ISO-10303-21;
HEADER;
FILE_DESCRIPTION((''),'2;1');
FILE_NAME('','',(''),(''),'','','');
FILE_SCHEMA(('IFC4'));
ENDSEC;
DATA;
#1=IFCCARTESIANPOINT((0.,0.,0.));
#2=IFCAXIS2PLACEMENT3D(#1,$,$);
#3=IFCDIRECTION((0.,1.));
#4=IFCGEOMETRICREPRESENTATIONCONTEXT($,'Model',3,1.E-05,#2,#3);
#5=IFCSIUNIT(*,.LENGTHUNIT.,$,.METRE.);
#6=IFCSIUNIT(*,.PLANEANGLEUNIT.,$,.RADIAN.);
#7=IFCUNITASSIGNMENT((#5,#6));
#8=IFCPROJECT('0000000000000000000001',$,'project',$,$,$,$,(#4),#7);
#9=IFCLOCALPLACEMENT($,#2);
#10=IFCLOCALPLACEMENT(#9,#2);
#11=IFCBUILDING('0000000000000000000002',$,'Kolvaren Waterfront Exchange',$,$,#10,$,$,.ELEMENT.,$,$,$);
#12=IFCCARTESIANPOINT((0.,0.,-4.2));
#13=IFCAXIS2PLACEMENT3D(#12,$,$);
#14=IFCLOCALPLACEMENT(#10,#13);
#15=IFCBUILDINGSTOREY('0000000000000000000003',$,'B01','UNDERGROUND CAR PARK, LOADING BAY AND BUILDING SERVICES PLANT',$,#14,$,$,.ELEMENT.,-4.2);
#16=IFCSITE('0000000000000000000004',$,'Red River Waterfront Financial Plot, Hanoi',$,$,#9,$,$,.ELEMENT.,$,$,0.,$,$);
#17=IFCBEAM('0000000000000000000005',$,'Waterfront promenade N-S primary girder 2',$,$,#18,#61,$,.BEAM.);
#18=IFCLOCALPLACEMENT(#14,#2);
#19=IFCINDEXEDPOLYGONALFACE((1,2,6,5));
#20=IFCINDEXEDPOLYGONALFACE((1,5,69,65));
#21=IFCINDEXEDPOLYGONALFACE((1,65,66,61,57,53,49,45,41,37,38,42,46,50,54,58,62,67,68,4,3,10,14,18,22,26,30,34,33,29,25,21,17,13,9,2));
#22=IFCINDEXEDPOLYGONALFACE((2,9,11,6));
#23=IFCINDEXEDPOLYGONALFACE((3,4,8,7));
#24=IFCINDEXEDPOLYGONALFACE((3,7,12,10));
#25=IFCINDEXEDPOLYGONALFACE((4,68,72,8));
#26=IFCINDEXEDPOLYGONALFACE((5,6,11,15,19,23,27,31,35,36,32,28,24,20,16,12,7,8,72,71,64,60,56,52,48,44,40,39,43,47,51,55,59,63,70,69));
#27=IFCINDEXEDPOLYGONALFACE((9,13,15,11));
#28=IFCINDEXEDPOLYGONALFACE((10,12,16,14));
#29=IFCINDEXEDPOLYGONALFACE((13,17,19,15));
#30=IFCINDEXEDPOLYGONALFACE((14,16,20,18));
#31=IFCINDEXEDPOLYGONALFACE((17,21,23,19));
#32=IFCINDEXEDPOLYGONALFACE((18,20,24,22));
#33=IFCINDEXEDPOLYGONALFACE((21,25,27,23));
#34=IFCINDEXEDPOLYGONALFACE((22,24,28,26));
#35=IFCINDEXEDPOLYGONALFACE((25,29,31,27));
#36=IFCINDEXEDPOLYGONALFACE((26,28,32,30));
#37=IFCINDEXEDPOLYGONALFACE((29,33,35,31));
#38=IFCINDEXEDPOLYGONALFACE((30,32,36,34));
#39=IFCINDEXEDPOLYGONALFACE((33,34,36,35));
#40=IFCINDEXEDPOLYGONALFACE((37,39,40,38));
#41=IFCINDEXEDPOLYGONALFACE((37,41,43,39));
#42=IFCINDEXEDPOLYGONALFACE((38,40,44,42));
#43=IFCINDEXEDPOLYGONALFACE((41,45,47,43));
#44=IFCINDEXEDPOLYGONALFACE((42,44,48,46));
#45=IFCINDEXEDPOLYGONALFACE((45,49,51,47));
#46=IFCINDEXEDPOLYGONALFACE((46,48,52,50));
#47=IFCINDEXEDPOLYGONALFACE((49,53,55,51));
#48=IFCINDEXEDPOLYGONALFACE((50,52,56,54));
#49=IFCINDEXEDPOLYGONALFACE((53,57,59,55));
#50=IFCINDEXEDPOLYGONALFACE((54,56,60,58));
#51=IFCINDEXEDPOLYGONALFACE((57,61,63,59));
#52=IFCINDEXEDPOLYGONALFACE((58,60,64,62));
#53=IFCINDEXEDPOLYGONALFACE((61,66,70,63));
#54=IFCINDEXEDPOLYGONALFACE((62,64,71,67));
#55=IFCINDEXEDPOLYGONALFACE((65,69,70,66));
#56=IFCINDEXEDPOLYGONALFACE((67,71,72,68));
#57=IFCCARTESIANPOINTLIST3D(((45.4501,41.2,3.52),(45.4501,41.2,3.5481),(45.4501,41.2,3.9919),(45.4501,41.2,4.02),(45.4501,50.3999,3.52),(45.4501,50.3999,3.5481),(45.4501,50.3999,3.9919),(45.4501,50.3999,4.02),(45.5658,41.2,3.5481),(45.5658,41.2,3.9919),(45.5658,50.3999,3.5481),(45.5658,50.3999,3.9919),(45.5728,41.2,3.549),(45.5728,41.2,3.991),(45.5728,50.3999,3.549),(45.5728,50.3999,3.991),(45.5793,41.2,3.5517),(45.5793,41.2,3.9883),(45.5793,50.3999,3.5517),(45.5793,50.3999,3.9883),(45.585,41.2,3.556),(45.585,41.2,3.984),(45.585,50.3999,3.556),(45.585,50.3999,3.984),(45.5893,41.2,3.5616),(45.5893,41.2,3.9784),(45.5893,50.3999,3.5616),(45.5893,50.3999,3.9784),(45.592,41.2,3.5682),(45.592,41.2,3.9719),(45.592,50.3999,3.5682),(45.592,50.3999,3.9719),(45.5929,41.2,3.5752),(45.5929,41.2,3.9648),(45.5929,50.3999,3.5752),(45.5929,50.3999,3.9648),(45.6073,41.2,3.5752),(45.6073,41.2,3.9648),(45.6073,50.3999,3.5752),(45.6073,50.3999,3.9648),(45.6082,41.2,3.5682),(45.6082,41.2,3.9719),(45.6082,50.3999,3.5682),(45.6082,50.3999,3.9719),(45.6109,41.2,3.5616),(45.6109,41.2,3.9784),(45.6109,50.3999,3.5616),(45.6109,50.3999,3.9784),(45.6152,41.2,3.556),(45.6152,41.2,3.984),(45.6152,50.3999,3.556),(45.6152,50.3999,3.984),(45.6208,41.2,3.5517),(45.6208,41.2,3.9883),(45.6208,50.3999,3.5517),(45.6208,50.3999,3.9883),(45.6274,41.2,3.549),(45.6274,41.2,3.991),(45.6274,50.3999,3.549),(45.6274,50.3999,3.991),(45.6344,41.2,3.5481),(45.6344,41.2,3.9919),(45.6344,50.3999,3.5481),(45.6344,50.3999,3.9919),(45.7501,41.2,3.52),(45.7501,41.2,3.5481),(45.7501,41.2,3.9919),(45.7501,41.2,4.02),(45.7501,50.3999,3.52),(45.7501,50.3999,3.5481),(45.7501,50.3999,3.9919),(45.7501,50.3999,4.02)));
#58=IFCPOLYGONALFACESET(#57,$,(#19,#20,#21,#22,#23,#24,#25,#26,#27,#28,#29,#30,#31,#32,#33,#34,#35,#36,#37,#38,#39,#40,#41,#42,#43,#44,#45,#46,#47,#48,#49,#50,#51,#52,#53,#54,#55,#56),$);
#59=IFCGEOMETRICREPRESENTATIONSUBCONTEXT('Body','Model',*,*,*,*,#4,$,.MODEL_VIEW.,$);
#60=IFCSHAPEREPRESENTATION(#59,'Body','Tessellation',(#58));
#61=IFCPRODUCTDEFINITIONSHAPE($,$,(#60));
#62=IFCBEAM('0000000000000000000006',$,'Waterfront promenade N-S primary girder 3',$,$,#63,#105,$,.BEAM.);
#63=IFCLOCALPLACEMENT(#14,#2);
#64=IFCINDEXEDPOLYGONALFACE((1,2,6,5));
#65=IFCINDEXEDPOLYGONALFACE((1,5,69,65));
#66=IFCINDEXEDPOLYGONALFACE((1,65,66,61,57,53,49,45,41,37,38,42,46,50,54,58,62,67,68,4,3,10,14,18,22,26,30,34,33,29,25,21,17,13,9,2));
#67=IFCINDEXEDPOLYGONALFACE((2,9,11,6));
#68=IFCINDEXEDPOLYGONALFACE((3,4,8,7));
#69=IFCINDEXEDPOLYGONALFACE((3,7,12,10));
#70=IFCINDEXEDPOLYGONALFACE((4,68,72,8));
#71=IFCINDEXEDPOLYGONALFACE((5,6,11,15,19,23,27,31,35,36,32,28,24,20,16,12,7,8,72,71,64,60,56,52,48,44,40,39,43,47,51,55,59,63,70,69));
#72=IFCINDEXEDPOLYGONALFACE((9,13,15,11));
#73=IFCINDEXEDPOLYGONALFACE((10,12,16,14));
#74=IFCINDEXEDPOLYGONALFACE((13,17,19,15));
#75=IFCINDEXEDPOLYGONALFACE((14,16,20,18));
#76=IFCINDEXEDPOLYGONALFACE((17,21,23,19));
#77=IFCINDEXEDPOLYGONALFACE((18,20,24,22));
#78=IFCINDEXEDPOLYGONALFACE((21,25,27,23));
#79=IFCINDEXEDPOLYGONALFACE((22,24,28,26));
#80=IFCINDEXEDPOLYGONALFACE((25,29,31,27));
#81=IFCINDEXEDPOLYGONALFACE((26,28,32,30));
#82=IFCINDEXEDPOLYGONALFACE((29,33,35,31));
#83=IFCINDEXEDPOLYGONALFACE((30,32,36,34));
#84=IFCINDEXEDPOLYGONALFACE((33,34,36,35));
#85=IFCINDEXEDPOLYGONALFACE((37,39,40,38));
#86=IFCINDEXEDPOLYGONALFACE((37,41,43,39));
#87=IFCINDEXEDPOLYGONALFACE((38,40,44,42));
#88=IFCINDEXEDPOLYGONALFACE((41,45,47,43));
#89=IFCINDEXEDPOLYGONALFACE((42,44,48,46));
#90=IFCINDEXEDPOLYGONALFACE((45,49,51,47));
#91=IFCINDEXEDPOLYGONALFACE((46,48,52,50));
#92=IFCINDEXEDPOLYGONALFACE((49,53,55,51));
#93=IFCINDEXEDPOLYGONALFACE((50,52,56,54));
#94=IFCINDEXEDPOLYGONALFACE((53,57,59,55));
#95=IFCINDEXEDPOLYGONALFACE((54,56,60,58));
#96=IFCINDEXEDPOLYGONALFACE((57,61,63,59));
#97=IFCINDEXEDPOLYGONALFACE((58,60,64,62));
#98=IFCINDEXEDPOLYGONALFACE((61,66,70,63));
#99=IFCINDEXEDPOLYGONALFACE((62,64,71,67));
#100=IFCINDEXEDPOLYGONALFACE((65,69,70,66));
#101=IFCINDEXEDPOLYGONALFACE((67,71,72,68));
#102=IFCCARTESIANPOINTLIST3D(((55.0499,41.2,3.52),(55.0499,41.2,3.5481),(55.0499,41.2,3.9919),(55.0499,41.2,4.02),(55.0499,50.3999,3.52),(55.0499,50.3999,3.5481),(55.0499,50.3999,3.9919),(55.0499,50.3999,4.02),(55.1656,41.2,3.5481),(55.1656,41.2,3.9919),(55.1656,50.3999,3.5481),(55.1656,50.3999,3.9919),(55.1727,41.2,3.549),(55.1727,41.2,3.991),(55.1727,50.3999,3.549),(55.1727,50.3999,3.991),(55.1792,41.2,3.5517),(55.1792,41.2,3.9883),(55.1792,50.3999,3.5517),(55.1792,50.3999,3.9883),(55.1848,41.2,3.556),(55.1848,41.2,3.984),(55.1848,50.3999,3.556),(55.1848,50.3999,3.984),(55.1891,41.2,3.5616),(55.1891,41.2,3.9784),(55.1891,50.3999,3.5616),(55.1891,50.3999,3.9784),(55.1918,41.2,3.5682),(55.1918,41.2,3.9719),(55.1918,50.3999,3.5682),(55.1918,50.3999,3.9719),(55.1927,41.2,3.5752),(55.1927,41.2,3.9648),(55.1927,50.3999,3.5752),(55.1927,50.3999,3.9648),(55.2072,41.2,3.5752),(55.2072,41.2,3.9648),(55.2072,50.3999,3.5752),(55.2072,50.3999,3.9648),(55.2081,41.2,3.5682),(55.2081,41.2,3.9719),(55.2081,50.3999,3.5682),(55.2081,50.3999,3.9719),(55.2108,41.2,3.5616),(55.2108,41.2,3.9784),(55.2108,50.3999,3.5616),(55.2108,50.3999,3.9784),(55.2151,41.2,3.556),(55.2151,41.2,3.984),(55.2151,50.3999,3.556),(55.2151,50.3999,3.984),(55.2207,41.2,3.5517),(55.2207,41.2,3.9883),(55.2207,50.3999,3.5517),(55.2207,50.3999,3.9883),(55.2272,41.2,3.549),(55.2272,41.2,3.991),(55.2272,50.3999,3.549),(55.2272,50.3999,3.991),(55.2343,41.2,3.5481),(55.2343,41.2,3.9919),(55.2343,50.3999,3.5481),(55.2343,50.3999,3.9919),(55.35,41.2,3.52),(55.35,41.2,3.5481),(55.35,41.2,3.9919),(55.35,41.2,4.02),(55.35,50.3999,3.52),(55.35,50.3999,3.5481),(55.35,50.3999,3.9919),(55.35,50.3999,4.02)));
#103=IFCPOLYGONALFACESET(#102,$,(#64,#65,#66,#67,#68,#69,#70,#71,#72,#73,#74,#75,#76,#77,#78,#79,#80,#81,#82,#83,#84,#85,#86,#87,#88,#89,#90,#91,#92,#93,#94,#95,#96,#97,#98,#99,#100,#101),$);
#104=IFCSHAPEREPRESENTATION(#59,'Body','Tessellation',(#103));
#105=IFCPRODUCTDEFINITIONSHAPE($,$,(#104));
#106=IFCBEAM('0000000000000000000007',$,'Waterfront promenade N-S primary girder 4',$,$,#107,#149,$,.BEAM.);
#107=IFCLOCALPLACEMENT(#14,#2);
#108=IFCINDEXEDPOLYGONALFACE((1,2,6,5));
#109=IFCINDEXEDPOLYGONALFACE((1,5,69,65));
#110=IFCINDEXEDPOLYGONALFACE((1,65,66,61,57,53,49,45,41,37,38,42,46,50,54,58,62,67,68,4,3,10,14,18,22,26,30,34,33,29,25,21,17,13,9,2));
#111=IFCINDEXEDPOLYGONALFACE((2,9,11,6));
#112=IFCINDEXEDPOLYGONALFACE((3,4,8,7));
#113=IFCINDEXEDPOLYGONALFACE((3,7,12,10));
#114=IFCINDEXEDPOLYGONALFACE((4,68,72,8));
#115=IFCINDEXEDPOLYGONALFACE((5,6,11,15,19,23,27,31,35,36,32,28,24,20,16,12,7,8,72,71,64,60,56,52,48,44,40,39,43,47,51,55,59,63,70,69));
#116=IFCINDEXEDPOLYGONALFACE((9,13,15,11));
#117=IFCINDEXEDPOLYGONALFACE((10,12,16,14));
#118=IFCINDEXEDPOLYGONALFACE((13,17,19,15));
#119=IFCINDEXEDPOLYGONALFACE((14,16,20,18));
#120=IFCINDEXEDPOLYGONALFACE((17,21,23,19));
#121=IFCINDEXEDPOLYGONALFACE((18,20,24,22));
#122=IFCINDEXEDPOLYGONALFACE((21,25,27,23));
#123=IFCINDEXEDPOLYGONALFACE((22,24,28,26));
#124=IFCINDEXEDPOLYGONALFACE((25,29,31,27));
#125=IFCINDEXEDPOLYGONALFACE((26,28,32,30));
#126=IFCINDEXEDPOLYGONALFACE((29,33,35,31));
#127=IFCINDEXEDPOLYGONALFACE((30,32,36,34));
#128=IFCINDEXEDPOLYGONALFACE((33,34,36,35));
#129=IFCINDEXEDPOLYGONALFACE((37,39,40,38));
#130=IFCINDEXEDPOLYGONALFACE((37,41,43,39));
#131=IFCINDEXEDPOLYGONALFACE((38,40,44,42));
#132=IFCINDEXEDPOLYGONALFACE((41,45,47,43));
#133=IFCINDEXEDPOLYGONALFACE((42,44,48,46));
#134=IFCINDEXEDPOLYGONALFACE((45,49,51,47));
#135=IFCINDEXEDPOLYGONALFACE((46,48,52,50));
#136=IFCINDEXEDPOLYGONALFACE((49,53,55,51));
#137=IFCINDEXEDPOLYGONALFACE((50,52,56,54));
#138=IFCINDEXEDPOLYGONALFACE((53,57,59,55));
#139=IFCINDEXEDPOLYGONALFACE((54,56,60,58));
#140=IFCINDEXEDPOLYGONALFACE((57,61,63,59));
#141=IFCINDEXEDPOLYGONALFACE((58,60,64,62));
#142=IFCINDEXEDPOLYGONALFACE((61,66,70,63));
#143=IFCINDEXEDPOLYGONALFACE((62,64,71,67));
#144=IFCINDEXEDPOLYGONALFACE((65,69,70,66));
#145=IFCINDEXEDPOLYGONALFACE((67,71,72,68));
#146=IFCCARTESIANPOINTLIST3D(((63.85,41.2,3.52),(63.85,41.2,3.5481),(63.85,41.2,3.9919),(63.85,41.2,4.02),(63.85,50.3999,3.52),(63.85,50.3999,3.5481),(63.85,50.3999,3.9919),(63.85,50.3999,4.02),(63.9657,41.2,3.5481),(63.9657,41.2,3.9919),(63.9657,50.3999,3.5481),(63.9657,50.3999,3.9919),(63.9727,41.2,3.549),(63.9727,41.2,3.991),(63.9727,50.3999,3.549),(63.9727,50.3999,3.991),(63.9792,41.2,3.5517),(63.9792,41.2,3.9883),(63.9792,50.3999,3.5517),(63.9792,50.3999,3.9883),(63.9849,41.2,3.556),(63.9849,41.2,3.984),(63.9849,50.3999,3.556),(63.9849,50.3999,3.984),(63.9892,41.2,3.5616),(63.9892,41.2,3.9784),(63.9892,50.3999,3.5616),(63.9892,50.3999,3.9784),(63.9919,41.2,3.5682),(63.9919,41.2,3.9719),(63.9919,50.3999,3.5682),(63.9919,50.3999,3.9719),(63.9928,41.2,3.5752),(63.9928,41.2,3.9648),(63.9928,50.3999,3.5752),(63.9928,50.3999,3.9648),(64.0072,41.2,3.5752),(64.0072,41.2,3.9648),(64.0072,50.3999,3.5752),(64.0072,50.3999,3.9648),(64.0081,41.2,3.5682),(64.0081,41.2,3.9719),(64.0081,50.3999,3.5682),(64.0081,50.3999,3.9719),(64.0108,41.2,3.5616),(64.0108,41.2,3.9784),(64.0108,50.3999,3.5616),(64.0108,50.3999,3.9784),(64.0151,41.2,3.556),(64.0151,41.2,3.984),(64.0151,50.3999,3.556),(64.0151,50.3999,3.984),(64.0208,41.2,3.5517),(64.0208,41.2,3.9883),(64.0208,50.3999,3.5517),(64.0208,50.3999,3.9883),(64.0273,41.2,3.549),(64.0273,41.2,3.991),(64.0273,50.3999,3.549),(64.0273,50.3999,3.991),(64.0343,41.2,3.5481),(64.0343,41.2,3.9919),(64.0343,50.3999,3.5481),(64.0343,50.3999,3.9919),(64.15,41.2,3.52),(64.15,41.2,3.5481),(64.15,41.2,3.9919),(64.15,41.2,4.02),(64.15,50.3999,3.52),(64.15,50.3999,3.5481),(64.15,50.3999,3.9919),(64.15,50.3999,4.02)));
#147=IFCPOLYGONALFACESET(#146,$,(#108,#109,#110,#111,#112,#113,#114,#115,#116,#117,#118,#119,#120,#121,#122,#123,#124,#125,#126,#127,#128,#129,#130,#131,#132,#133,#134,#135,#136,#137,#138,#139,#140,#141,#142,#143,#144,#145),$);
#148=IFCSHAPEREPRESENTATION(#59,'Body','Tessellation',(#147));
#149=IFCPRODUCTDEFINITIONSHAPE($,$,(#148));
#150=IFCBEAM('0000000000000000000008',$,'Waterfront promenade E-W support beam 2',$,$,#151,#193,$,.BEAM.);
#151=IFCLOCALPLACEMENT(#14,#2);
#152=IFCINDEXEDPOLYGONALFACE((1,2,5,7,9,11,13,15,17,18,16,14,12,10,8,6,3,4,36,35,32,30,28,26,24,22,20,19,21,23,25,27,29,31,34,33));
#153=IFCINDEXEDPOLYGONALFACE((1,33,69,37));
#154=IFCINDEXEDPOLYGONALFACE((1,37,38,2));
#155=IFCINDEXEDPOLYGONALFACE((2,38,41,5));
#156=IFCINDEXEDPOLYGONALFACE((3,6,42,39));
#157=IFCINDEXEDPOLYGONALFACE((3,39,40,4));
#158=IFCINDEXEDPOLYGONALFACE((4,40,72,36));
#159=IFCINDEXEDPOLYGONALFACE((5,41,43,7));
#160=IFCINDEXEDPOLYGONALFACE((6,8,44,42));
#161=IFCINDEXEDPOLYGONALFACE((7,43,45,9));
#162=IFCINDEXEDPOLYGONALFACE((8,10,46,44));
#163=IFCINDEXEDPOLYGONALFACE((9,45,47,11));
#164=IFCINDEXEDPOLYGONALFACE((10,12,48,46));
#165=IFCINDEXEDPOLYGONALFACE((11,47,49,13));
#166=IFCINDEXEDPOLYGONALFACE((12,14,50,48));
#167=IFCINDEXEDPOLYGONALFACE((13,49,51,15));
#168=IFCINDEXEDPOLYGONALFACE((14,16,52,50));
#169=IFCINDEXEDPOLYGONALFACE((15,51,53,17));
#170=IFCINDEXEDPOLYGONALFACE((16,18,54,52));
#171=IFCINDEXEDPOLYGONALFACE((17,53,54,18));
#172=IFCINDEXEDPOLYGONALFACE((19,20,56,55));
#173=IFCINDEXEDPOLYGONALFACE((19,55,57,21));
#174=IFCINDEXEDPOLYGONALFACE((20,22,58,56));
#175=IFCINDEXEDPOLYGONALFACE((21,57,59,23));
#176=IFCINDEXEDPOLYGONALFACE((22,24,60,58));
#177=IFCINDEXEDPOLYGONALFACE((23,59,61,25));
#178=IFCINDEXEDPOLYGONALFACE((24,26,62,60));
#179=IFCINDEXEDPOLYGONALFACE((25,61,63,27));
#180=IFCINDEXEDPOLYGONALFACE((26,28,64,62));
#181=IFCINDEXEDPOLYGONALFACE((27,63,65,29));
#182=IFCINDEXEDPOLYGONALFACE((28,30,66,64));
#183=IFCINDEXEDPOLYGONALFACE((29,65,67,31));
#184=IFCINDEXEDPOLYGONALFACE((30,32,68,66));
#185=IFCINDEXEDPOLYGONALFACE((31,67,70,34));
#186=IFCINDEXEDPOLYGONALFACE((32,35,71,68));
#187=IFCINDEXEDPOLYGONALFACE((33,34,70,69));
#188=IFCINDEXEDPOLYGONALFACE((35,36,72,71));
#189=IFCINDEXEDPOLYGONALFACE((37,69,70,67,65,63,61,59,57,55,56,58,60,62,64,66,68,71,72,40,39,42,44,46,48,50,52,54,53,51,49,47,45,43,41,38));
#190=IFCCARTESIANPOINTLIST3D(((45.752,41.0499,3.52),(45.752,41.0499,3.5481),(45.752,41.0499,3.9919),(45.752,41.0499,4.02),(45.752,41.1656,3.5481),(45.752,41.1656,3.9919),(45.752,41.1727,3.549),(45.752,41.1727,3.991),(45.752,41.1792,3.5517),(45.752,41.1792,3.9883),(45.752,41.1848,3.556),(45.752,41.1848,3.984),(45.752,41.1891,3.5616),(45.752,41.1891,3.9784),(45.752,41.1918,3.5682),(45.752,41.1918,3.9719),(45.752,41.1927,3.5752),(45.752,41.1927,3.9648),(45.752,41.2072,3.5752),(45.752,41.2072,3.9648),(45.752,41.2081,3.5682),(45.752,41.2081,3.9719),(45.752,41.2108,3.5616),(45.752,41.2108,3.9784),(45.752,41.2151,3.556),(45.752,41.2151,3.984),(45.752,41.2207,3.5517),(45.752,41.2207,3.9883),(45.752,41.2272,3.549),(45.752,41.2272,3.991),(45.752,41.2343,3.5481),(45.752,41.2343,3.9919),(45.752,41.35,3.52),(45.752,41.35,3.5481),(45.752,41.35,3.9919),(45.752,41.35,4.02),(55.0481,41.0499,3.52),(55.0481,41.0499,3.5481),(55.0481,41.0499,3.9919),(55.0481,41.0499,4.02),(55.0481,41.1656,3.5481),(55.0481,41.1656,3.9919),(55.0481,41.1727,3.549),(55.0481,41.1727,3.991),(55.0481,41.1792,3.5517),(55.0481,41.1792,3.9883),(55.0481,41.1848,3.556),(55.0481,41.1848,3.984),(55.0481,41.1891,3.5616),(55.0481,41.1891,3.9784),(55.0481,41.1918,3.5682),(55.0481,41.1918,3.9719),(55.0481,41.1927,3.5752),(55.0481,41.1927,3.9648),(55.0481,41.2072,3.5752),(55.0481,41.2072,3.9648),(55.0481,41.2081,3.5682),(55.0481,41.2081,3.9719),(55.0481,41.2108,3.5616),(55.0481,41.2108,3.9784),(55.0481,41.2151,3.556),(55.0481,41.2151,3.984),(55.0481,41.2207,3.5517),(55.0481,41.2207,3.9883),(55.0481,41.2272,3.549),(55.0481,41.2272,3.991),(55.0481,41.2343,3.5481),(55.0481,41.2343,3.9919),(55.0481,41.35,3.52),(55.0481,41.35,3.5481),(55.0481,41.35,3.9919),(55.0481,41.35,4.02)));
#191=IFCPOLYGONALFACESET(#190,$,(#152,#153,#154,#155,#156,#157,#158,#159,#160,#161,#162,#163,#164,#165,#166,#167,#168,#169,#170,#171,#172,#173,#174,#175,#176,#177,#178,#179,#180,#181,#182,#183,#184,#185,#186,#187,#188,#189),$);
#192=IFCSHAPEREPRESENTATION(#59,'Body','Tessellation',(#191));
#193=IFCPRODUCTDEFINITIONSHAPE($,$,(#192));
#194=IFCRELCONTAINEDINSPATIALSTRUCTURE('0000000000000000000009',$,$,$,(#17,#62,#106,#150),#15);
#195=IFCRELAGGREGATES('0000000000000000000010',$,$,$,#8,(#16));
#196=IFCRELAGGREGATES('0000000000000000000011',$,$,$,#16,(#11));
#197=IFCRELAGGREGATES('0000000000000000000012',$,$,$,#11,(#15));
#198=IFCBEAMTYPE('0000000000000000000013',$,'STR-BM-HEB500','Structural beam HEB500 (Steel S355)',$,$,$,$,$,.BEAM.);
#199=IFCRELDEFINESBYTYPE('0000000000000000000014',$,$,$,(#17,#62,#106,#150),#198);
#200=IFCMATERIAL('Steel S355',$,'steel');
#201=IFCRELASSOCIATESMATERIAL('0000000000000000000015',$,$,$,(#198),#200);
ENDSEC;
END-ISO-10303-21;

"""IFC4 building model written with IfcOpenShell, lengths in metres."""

from ifc_helpers import new_model, si_unit, direction, frame, origin, origin_2d, place, context, subcontext, project, spatial, i_section, extrude, material, material_profile, profile_set, type_object, element, save


model = new_model("IFC4")

# Units and contexts
model_context = context("Model", 3, precision=1e-05, world=origin(), true_north=direction((0.0, 1.0)))
body_context = subcontext(model_context, "Body", "Model", "MODEL_VIEW")
ifc_project = project(units=[si_unit("LENGTHUNIT", "METRE"), si_unit("PLANEANGLEUNIT", "RADIAN")], contexts=[model_context])

# Site, building, storey
site_placement = place(None, origin())
site = spatial("IfcSite", under=ifc_project, at=site_placement, Name="Red River Waterfront Financial Plot, Hanoi", CompositionType="ELEMENT", RefElevation=0.0)
building_placement = place(site_placement, origin())
building = spatial("IfcBuilding", under=site, at=building_placement, Name="Kolvaren Waterfront Exchange", CompositionType="ELEMENT")
storey_placement = place(building_placement, frame((0.0, 0.0, -4.2)))
storey = spatial("IfcBuildingStorey", under=building, at=storey_placement, Name="B01", Description="UNDERGROUND CAR PARK, LOADING BAY AND BUILDING SERVICES PLANT", CompositionType="ELEMENT", Elevation=-4.2)

# Beams
ifc_material_1 = material(Name="Steel S355", Category="steel")
ifc_material_profile_1 = material_profile(ifc_material_1, i_section(OverallWidth=0.3, OverallDepth=0.5, WebThickness=0.0144, FlangeThickness=0.0281, FilletRadius=0.0271, at=origin_2d()), Name="HEB500")
ifc_profile_set_1 = profile_set([ifc_material_profile_1], Name="Steel S355")
beam_type_1 = type_object("IfcBeamType", Name="STR-BM-HEB500", Description="Structural beam HEB500 (Steel S355)", PredefinedType="BEAM", material=ifc_profile_set_1)
for number, where, z_axis, x_axis, name in (
    (1, (45.6001, 41.2, 3.77), (0.0, 1.0, 0.0), (-1.0, 0.0, 0.0), "Waterfront promenade N-S primary girder 2"),
    (2, (55.2, 41.2, 3.77), (0.0, 1.0, 0.0), (-1.0, 0.0, 0.0), "Waterfront promenade N-S primary girder 3"),
    (3, (64.0, 41.2, 3.77), (0.0, 1.0, 0.0), (-1.0, 0.0, 0.0), "Waterfront promenade N-S primary girder 4"),
):
    element("IfcBeam", number, at=place(storey_placement, frame(where, z_axis=z_axis, x_axis=x_axis)), inside=storey, type_object=beam_type_1, Name=name, PredefinedType="BEAM", context=body_context, shape_type="SweptSolid", body=[
        extrude(i_section(OverallWidth=0.3, OverallDepth=0.5, WebThickness=0.0144, FlangeThickness=0.0281, FilletRadius=0.0271, at=origin_2d()), origin(), (0.0, 0.0, 1.0), 9.2),
    ])
beam_1_placement = place(storey_placement, frame((45.752, 41.2, 3.77), z_axis=(1.0, 0.0, 0.0), x_axis=(0.0, 1.0, 0.0)))
element("IfcBeam", 4, at=beam_1_placement, inside=storey, type_object=beam_type_1, Name="Waterfront promenade E-W support beam 2", PredefinedType="BEAM", context=body_context, shape_type="SweptSolid", body=[
    extrude(i_section(OverallWidth=0.3, OverallDepth=0.5, WebThickness=0.0144, FlangeThickness=0.0281, FilletRadius=0.0271, at=origin_2d()), origin(), (0.0, 0.0, 1.0), 9.2961),
])

save(model, "model.ifc")
